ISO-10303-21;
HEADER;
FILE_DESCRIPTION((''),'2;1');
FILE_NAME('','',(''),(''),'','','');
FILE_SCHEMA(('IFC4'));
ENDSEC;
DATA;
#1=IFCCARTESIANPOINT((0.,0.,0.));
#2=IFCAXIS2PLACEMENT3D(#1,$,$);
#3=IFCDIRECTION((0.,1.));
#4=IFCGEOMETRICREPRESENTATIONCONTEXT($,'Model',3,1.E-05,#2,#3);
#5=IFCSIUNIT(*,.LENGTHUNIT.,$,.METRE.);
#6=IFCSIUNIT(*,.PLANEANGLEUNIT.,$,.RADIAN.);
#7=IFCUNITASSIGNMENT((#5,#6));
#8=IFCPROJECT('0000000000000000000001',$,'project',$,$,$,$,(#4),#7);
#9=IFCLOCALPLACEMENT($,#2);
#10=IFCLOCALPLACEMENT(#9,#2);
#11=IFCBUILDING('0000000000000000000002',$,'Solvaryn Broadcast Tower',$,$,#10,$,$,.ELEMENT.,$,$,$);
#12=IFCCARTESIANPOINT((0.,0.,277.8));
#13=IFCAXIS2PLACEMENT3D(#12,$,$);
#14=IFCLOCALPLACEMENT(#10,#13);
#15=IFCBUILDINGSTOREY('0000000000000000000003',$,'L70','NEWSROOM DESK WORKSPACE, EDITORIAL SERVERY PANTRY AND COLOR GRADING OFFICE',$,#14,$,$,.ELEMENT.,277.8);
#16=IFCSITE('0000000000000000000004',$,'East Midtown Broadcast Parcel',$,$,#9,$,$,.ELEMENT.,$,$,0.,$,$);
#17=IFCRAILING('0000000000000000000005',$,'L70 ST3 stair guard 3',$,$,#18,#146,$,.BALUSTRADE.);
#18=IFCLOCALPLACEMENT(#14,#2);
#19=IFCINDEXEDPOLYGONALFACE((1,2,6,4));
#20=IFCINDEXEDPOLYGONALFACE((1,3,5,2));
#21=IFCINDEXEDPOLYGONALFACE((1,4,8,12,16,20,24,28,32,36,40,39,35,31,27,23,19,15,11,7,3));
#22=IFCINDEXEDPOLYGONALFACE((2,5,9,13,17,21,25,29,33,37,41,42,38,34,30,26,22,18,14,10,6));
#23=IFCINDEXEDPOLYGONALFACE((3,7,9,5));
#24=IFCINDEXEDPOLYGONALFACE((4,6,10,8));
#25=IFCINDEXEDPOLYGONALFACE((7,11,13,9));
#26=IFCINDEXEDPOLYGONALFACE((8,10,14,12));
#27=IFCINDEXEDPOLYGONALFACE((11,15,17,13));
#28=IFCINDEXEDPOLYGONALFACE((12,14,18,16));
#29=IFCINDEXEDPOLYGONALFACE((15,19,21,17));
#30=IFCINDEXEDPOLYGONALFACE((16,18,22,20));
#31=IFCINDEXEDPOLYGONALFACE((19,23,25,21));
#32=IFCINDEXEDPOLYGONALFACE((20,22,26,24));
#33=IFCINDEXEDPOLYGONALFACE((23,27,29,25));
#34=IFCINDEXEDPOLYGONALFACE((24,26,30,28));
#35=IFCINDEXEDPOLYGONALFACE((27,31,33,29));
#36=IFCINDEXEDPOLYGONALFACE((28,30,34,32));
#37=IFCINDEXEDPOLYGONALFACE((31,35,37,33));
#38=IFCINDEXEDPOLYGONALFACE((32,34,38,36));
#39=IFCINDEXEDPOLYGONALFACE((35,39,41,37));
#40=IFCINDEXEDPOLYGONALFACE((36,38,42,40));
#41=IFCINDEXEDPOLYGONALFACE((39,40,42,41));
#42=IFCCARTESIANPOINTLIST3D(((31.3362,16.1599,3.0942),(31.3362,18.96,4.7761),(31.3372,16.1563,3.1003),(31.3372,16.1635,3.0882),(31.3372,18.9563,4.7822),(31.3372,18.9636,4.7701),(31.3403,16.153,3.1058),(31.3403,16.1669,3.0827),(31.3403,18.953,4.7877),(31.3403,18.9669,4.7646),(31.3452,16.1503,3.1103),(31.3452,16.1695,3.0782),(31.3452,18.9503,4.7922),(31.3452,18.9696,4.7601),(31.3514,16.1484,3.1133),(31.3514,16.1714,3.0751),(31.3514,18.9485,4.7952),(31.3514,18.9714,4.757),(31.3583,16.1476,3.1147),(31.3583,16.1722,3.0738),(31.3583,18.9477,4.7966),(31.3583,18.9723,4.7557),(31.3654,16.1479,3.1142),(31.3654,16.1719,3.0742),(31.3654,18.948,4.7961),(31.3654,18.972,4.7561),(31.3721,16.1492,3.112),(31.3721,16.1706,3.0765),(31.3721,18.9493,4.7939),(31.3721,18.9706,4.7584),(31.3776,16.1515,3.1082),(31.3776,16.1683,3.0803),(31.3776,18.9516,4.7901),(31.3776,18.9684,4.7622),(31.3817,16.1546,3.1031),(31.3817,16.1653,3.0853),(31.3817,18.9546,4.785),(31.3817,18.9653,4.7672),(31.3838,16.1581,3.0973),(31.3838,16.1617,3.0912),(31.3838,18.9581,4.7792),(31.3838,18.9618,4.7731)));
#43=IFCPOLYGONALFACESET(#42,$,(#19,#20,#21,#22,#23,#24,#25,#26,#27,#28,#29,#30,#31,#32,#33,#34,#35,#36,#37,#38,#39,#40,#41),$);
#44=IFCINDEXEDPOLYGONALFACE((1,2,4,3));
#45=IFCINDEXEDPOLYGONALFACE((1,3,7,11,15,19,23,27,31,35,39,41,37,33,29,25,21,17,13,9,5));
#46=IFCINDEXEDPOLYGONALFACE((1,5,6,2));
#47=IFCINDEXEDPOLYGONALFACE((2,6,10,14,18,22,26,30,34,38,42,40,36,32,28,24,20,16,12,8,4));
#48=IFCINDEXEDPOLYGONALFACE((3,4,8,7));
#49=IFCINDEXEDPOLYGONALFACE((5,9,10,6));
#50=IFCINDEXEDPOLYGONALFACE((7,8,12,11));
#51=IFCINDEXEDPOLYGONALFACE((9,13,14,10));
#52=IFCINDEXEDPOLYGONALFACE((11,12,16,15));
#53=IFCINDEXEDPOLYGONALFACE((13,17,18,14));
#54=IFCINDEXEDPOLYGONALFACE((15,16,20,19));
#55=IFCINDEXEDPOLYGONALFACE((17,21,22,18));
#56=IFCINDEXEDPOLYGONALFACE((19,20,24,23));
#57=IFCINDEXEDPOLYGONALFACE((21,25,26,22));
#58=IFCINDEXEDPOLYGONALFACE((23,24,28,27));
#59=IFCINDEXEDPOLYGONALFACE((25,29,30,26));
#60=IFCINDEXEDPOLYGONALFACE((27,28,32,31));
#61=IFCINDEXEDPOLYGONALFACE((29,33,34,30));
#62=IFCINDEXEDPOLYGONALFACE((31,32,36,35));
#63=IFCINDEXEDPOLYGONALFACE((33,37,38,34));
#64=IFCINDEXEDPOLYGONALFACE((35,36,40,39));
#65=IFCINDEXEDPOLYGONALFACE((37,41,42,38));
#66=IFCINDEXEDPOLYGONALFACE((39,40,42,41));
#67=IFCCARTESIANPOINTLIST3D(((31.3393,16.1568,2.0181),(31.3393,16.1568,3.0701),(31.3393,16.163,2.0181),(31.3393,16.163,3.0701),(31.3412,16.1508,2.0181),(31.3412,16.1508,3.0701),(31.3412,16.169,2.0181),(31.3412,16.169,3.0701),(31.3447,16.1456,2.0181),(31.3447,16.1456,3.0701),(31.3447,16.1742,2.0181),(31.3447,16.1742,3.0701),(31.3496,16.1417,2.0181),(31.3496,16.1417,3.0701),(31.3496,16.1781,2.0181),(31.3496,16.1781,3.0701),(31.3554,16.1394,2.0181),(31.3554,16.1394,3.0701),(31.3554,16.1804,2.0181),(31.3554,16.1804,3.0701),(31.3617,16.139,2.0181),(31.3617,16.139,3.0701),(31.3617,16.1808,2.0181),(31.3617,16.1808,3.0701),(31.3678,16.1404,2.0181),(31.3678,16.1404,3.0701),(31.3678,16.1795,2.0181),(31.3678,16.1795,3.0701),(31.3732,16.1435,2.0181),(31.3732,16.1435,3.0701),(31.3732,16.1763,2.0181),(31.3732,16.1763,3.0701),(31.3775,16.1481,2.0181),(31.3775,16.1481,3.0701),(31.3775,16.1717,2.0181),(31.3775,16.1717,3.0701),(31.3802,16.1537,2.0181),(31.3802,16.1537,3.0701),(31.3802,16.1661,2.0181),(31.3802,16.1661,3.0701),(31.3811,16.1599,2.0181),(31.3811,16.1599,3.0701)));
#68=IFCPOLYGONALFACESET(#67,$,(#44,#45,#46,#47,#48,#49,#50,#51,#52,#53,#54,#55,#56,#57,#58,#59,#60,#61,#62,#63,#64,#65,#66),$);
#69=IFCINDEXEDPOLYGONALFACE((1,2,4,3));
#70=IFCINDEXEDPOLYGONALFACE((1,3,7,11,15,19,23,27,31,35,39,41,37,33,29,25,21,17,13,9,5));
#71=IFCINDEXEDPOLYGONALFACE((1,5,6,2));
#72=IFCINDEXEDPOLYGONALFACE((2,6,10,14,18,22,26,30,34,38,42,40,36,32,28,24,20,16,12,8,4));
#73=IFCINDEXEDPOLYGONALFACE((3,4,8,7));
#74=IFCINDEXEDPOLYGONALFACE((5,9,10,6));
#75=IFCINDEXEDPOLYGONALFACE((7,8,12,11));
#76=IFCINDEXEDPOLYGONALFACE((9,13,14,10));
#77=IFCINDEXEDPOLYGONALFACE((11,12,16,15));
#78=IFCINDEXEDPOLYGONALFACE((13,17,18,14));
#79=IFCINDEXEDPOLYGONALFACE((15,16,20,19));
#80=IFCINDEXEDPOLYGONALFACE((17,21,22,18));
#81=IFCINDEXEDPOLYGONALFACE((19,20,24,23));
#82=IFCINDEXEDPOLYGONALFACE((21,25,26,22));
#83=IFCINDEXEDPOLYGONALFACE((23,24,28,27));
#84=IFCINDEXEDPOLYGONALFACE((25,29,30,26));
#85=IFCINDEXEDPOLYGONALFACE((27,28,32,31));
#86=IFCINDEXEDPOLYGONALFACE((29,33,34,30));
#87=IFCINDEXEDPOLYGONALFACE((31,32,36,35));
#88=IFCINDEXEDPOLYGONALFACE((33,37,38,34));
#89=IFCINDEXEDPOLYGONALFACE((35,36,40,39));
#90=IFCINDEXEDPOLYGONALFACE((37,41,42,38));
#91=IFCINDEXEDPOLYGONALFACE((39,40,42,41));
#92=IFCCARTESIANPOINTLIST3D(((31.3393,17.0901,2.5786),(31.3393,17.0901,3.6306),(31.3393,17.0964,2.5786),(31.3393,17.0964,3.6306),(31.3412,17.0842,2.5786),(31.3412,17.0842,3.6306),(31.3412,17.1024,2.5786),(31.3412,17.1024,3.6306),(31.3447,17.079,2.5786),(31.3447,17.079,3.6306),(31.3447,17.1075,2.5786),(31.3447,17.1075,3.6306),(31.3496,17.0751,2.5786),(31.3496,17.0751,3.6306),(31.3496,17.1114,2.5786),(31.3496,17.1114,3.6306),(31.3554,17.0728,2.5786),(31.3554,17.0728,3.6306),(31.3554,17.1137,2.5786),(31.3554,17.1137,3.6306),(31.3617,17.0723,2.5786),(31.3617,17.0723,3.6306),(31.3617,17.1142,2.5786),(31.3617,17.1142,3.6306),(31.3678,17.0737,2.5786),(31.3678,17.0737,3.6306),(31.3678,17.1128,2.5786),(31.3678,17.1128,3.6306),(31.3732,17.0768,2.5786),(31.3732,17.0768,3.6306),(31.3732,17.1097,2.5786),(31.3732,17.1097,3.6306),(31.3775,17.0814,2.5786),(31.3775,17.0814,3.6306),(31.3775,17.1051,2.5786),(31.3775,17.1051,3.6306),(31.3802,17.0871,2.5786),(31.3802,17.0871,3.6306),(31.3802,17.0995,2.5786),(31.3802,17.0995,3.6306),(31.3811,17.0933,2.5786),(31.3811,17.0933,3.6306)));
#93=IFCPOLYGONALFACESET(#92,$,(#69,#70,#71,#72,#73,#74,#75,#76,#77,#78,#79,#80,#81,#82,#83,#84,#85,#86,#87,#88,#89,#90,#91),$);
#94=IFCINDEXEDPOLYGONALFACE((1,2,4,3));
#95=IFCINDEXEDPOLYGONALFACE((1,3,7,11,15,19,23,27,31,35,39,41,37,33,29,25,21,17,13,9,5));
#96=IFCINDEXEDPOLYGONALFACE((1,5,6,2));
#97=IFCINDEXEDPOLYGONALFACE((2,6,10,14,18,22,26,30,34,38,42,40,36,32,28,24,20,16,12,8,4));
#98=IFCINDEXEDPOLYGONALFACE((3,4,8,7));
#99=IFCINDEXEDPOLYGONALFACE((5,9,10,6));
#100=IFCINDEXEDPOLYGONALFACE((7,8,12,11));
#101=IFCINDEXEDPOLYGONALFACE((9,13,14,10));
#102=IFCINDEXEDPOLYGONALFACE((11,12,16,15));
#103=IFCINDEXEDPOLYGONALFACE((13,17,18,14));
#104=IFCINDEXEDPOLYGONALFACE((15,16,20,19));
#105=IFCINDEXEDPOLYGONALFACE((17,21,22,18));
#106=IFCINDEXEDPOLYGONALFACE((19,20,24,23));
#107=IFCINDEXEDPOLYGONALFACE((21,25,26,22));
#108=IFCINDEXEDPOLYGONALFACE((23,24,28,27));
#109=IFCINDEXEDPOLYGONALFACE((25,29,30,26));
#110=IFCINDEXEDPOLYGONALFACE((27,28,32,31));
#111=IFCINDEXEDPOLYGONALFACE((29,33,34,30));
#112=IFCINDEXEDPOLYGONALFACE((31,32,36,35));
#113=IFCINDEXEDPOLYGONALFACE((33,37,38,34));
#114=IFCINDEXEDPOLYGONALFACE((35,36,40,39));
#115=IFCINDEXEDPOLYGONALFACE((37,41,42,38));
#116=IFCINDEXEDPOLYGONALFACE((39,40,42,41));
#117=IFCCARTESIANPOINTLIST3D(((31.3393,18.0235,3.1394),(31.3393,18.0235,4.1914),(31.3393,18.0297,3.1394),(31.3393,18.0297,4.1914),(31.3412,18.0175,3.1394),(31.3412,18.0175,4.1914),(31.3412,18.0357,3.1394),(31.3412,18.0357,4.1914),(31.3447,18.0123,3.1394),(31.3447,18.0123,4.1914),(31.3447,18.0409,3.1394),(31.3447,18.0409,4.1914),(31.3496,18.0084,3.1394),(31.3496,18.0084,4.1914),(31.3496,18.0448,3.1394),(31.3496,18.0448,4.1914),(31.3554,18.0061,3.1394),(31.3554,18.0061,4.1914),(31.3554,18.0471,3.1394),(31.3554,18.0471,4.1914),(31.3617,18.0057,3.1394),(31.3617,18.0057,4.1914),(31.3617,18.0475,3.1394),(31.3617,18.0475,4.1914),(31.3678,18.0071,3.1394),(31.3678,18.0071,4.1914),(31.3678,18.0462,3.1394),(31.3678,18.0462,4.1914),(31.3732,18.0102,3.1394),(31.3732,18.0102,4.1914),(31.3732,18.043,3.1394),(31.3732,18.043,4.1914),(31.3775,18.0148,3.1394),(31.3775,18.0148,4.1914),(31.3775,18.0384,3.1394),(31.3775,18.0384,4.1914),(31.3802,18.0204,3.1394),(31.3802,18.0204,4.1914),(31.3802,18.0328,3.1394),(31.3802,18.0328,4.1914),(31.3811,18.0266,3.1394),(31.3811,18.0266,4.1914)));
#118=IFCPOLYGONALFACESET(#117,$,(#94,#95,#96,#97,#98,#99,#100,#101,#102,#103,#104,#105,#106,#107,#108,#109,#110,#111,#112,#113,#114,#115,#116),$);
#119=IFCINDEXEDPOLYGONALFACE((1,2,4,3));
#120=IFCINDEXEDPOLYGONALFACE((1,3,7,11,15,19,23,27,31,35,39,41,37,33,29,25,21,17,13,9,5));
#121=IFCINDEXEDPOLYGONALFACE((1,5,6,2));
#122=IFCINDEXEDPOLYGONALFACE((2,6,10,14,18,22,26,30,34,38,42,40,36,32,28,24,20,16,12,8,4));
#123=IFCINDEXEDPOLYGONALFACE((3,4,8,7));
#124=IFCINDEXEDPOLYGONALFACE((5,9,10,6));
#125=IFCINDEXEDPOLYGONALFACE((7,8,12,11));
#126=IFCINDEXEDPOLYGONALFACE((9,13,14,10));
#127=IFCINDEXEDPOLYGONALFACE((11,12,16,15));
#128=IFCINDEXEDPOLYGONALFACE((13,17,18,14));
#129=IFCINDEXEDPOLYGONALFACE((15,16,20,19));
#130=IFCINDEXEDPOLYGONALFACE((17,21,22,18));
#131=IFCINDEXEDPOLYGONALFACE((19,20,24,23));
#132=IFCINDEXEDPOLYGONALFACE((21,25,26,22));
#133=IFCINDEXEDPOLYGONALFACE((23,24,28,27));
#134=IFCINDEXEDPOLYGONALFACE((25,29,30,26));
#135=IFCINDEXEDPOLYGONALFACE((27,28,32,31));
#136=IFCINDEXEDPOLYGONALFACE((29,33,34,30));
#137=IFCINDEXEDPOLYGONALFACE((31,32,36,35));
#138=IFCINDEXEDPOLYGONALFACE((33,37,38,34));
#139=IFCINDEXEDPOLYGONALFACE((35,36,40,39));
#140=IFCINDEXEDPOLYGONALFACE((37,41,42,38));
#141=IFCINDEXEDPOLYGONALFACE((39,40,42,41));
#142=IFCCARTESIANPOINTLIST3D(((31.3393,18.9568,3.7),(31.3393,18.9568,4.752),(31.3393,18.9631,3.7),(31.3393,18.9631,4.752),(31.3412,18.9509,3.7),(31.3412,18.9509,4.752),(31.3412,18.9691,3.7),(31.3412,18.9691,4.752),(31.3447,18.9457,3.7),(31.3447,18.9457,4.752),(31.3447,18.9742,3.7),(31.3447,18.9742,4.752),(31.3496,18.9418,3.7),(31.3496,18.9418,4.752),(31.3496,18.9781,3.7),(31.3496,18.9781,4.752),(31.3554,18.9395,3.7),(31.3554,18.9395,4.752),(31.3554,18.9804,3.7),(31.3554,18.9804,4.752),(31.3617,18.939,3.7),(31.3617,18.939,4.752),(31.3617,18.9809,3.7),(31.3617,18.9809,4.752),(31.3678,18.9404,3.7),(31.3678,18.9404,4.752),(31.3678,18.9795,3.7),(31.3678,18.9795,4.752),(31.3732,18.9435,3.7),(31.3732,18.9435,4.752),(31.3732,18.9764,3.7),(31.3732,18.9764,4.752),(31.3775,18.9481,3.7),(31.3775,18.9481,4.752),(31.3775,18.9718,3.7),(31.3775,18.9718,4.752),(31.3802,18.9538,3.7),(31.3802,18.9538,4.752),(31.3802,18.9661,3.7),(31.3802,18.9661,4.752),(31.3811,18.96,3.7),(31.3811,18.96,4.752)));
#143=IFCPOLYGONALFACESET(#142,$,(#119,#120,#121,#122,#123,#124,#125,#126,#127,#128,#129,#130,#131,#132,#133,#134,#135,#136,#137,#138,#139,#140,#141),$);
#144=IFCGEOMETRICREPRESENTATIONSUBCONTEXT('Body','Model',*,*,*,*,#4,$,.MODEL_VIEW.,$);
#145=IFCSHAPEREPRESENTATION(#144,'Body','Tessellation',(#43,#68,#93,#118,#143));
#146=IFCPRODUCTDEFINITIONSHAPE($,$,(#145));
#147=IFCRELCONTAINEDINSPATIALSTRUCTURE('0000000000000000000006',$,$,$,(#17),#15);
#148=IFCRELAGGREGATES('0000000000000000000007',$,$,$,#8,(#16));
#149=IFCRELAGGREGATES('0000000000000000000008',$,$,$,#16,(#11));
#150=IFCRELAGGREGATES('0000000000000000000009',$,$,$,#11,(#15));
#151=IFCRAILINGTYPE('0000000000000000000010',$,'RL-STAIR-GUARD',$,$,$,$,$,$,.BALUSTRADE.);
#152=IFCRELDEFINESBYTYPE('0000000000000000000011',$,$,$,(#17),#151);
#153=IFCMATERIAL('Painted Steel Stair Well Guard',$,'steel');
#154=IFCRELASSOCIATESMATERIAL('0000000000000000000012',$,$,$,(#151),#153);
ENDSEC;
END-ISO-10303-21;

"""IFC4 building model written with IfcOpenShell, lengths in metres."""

from ifc_helpers import new_model, si_unit, direction, frame, origin, origin_2d, place, context, subcontext, project, spatial, circle, extrude, material, type_object, element, save


model = new_model("IFC4")

# Units and contexts
model_context = context("Model", 3, precision=1e-05, world=origin(), true_north=direction((0.0, 1.0)))
body_context = subcontext(model_context, "Body", "Model", "MODEL_VIEW")
ifc_project = project(units=[si_unit("LENGTHUNIT", "METRE"), si_unit("PLANEANGLEUNIT", "RADIAN")], contexts=[model_context])

# Site, building, storey
site_placement = place(None, origin())
site = spatial("IfcSite", under=ifc_project, at=site_placement, Name="East Midtown Broadcast Parcel", CompositionType="ELEMENT", RefElevation=0.0)
building_placement = place(site_placement, origin())
building = spatial("IfcBuilding", under=site, at=building_placement, Name="Solvaryn Broadcast Tower", CompositionType="ELEMENT")
storey_placement = place(building_placement, frame((0.0, 0.0, 277.8)))
storey = spatial("IfcBuildingStorey", under=building, at=storey_placement, Name="L70", Description="NEWSROOM DESK WORKSPACE, EDITORIAL SERVERY PANTRY AND COLOR GRADING OFFICE", CompositionType="ELEMENT", Elevation=277.8)

# Railing
ifc_material_1 = material(Name="Painted Steel Stair Well Guard", Category="steel")
railing_type_1 = type_object("IfcRailingType", Name="RL-STAIR-GUARD", PredefinedType="BALUSTRADE", material=ifc_material_1)
railing_1_placement = place(storey_placement, frame((31.3601, 16.1599, 2.0181)))
element("IfcRailing", 1, at=railing_1_placement, inside=storey, type_object=railing_type_1, Name="L70 ST3 stair guard 3", PredefinedType="BALUSTRADE", context=body_context, shape_type="SweptSolid", body=[
    extrude(circle(Radius=0.0239, at=origin_2d()), frame((0.0, 0.0, 1.0762), z_axis=(0.0, 0.857242, 0.514913), x_axis=(-1.0, 0.0, 0.0)), (0.0, 0.0, 1.0), 3.2664),
    extrude(circle(Radius=0.021, at=origin_2d()), origin(), (0.0, 0.0, 1.0), 1.052),
    extrude(circle(Radius=0.021, at=origin_2d()), frame((0.0, 0.9333, 0.5605)), (0.0, 0.0, 1.0), 1.052),
    extrude(circle(Radius=0.021, at=origin_2d()), frame((0.0, 1.8667, 1.1213)), (0.0, 0.0, 1.0), 1.052),
    extrude(circle(Radius=0.021, at=origin_2d()), frame((0.0, 2.8, 1.6819)), (0.0, 0.0, 1.0), 1.052),
])

save(model, "model.ifc")
